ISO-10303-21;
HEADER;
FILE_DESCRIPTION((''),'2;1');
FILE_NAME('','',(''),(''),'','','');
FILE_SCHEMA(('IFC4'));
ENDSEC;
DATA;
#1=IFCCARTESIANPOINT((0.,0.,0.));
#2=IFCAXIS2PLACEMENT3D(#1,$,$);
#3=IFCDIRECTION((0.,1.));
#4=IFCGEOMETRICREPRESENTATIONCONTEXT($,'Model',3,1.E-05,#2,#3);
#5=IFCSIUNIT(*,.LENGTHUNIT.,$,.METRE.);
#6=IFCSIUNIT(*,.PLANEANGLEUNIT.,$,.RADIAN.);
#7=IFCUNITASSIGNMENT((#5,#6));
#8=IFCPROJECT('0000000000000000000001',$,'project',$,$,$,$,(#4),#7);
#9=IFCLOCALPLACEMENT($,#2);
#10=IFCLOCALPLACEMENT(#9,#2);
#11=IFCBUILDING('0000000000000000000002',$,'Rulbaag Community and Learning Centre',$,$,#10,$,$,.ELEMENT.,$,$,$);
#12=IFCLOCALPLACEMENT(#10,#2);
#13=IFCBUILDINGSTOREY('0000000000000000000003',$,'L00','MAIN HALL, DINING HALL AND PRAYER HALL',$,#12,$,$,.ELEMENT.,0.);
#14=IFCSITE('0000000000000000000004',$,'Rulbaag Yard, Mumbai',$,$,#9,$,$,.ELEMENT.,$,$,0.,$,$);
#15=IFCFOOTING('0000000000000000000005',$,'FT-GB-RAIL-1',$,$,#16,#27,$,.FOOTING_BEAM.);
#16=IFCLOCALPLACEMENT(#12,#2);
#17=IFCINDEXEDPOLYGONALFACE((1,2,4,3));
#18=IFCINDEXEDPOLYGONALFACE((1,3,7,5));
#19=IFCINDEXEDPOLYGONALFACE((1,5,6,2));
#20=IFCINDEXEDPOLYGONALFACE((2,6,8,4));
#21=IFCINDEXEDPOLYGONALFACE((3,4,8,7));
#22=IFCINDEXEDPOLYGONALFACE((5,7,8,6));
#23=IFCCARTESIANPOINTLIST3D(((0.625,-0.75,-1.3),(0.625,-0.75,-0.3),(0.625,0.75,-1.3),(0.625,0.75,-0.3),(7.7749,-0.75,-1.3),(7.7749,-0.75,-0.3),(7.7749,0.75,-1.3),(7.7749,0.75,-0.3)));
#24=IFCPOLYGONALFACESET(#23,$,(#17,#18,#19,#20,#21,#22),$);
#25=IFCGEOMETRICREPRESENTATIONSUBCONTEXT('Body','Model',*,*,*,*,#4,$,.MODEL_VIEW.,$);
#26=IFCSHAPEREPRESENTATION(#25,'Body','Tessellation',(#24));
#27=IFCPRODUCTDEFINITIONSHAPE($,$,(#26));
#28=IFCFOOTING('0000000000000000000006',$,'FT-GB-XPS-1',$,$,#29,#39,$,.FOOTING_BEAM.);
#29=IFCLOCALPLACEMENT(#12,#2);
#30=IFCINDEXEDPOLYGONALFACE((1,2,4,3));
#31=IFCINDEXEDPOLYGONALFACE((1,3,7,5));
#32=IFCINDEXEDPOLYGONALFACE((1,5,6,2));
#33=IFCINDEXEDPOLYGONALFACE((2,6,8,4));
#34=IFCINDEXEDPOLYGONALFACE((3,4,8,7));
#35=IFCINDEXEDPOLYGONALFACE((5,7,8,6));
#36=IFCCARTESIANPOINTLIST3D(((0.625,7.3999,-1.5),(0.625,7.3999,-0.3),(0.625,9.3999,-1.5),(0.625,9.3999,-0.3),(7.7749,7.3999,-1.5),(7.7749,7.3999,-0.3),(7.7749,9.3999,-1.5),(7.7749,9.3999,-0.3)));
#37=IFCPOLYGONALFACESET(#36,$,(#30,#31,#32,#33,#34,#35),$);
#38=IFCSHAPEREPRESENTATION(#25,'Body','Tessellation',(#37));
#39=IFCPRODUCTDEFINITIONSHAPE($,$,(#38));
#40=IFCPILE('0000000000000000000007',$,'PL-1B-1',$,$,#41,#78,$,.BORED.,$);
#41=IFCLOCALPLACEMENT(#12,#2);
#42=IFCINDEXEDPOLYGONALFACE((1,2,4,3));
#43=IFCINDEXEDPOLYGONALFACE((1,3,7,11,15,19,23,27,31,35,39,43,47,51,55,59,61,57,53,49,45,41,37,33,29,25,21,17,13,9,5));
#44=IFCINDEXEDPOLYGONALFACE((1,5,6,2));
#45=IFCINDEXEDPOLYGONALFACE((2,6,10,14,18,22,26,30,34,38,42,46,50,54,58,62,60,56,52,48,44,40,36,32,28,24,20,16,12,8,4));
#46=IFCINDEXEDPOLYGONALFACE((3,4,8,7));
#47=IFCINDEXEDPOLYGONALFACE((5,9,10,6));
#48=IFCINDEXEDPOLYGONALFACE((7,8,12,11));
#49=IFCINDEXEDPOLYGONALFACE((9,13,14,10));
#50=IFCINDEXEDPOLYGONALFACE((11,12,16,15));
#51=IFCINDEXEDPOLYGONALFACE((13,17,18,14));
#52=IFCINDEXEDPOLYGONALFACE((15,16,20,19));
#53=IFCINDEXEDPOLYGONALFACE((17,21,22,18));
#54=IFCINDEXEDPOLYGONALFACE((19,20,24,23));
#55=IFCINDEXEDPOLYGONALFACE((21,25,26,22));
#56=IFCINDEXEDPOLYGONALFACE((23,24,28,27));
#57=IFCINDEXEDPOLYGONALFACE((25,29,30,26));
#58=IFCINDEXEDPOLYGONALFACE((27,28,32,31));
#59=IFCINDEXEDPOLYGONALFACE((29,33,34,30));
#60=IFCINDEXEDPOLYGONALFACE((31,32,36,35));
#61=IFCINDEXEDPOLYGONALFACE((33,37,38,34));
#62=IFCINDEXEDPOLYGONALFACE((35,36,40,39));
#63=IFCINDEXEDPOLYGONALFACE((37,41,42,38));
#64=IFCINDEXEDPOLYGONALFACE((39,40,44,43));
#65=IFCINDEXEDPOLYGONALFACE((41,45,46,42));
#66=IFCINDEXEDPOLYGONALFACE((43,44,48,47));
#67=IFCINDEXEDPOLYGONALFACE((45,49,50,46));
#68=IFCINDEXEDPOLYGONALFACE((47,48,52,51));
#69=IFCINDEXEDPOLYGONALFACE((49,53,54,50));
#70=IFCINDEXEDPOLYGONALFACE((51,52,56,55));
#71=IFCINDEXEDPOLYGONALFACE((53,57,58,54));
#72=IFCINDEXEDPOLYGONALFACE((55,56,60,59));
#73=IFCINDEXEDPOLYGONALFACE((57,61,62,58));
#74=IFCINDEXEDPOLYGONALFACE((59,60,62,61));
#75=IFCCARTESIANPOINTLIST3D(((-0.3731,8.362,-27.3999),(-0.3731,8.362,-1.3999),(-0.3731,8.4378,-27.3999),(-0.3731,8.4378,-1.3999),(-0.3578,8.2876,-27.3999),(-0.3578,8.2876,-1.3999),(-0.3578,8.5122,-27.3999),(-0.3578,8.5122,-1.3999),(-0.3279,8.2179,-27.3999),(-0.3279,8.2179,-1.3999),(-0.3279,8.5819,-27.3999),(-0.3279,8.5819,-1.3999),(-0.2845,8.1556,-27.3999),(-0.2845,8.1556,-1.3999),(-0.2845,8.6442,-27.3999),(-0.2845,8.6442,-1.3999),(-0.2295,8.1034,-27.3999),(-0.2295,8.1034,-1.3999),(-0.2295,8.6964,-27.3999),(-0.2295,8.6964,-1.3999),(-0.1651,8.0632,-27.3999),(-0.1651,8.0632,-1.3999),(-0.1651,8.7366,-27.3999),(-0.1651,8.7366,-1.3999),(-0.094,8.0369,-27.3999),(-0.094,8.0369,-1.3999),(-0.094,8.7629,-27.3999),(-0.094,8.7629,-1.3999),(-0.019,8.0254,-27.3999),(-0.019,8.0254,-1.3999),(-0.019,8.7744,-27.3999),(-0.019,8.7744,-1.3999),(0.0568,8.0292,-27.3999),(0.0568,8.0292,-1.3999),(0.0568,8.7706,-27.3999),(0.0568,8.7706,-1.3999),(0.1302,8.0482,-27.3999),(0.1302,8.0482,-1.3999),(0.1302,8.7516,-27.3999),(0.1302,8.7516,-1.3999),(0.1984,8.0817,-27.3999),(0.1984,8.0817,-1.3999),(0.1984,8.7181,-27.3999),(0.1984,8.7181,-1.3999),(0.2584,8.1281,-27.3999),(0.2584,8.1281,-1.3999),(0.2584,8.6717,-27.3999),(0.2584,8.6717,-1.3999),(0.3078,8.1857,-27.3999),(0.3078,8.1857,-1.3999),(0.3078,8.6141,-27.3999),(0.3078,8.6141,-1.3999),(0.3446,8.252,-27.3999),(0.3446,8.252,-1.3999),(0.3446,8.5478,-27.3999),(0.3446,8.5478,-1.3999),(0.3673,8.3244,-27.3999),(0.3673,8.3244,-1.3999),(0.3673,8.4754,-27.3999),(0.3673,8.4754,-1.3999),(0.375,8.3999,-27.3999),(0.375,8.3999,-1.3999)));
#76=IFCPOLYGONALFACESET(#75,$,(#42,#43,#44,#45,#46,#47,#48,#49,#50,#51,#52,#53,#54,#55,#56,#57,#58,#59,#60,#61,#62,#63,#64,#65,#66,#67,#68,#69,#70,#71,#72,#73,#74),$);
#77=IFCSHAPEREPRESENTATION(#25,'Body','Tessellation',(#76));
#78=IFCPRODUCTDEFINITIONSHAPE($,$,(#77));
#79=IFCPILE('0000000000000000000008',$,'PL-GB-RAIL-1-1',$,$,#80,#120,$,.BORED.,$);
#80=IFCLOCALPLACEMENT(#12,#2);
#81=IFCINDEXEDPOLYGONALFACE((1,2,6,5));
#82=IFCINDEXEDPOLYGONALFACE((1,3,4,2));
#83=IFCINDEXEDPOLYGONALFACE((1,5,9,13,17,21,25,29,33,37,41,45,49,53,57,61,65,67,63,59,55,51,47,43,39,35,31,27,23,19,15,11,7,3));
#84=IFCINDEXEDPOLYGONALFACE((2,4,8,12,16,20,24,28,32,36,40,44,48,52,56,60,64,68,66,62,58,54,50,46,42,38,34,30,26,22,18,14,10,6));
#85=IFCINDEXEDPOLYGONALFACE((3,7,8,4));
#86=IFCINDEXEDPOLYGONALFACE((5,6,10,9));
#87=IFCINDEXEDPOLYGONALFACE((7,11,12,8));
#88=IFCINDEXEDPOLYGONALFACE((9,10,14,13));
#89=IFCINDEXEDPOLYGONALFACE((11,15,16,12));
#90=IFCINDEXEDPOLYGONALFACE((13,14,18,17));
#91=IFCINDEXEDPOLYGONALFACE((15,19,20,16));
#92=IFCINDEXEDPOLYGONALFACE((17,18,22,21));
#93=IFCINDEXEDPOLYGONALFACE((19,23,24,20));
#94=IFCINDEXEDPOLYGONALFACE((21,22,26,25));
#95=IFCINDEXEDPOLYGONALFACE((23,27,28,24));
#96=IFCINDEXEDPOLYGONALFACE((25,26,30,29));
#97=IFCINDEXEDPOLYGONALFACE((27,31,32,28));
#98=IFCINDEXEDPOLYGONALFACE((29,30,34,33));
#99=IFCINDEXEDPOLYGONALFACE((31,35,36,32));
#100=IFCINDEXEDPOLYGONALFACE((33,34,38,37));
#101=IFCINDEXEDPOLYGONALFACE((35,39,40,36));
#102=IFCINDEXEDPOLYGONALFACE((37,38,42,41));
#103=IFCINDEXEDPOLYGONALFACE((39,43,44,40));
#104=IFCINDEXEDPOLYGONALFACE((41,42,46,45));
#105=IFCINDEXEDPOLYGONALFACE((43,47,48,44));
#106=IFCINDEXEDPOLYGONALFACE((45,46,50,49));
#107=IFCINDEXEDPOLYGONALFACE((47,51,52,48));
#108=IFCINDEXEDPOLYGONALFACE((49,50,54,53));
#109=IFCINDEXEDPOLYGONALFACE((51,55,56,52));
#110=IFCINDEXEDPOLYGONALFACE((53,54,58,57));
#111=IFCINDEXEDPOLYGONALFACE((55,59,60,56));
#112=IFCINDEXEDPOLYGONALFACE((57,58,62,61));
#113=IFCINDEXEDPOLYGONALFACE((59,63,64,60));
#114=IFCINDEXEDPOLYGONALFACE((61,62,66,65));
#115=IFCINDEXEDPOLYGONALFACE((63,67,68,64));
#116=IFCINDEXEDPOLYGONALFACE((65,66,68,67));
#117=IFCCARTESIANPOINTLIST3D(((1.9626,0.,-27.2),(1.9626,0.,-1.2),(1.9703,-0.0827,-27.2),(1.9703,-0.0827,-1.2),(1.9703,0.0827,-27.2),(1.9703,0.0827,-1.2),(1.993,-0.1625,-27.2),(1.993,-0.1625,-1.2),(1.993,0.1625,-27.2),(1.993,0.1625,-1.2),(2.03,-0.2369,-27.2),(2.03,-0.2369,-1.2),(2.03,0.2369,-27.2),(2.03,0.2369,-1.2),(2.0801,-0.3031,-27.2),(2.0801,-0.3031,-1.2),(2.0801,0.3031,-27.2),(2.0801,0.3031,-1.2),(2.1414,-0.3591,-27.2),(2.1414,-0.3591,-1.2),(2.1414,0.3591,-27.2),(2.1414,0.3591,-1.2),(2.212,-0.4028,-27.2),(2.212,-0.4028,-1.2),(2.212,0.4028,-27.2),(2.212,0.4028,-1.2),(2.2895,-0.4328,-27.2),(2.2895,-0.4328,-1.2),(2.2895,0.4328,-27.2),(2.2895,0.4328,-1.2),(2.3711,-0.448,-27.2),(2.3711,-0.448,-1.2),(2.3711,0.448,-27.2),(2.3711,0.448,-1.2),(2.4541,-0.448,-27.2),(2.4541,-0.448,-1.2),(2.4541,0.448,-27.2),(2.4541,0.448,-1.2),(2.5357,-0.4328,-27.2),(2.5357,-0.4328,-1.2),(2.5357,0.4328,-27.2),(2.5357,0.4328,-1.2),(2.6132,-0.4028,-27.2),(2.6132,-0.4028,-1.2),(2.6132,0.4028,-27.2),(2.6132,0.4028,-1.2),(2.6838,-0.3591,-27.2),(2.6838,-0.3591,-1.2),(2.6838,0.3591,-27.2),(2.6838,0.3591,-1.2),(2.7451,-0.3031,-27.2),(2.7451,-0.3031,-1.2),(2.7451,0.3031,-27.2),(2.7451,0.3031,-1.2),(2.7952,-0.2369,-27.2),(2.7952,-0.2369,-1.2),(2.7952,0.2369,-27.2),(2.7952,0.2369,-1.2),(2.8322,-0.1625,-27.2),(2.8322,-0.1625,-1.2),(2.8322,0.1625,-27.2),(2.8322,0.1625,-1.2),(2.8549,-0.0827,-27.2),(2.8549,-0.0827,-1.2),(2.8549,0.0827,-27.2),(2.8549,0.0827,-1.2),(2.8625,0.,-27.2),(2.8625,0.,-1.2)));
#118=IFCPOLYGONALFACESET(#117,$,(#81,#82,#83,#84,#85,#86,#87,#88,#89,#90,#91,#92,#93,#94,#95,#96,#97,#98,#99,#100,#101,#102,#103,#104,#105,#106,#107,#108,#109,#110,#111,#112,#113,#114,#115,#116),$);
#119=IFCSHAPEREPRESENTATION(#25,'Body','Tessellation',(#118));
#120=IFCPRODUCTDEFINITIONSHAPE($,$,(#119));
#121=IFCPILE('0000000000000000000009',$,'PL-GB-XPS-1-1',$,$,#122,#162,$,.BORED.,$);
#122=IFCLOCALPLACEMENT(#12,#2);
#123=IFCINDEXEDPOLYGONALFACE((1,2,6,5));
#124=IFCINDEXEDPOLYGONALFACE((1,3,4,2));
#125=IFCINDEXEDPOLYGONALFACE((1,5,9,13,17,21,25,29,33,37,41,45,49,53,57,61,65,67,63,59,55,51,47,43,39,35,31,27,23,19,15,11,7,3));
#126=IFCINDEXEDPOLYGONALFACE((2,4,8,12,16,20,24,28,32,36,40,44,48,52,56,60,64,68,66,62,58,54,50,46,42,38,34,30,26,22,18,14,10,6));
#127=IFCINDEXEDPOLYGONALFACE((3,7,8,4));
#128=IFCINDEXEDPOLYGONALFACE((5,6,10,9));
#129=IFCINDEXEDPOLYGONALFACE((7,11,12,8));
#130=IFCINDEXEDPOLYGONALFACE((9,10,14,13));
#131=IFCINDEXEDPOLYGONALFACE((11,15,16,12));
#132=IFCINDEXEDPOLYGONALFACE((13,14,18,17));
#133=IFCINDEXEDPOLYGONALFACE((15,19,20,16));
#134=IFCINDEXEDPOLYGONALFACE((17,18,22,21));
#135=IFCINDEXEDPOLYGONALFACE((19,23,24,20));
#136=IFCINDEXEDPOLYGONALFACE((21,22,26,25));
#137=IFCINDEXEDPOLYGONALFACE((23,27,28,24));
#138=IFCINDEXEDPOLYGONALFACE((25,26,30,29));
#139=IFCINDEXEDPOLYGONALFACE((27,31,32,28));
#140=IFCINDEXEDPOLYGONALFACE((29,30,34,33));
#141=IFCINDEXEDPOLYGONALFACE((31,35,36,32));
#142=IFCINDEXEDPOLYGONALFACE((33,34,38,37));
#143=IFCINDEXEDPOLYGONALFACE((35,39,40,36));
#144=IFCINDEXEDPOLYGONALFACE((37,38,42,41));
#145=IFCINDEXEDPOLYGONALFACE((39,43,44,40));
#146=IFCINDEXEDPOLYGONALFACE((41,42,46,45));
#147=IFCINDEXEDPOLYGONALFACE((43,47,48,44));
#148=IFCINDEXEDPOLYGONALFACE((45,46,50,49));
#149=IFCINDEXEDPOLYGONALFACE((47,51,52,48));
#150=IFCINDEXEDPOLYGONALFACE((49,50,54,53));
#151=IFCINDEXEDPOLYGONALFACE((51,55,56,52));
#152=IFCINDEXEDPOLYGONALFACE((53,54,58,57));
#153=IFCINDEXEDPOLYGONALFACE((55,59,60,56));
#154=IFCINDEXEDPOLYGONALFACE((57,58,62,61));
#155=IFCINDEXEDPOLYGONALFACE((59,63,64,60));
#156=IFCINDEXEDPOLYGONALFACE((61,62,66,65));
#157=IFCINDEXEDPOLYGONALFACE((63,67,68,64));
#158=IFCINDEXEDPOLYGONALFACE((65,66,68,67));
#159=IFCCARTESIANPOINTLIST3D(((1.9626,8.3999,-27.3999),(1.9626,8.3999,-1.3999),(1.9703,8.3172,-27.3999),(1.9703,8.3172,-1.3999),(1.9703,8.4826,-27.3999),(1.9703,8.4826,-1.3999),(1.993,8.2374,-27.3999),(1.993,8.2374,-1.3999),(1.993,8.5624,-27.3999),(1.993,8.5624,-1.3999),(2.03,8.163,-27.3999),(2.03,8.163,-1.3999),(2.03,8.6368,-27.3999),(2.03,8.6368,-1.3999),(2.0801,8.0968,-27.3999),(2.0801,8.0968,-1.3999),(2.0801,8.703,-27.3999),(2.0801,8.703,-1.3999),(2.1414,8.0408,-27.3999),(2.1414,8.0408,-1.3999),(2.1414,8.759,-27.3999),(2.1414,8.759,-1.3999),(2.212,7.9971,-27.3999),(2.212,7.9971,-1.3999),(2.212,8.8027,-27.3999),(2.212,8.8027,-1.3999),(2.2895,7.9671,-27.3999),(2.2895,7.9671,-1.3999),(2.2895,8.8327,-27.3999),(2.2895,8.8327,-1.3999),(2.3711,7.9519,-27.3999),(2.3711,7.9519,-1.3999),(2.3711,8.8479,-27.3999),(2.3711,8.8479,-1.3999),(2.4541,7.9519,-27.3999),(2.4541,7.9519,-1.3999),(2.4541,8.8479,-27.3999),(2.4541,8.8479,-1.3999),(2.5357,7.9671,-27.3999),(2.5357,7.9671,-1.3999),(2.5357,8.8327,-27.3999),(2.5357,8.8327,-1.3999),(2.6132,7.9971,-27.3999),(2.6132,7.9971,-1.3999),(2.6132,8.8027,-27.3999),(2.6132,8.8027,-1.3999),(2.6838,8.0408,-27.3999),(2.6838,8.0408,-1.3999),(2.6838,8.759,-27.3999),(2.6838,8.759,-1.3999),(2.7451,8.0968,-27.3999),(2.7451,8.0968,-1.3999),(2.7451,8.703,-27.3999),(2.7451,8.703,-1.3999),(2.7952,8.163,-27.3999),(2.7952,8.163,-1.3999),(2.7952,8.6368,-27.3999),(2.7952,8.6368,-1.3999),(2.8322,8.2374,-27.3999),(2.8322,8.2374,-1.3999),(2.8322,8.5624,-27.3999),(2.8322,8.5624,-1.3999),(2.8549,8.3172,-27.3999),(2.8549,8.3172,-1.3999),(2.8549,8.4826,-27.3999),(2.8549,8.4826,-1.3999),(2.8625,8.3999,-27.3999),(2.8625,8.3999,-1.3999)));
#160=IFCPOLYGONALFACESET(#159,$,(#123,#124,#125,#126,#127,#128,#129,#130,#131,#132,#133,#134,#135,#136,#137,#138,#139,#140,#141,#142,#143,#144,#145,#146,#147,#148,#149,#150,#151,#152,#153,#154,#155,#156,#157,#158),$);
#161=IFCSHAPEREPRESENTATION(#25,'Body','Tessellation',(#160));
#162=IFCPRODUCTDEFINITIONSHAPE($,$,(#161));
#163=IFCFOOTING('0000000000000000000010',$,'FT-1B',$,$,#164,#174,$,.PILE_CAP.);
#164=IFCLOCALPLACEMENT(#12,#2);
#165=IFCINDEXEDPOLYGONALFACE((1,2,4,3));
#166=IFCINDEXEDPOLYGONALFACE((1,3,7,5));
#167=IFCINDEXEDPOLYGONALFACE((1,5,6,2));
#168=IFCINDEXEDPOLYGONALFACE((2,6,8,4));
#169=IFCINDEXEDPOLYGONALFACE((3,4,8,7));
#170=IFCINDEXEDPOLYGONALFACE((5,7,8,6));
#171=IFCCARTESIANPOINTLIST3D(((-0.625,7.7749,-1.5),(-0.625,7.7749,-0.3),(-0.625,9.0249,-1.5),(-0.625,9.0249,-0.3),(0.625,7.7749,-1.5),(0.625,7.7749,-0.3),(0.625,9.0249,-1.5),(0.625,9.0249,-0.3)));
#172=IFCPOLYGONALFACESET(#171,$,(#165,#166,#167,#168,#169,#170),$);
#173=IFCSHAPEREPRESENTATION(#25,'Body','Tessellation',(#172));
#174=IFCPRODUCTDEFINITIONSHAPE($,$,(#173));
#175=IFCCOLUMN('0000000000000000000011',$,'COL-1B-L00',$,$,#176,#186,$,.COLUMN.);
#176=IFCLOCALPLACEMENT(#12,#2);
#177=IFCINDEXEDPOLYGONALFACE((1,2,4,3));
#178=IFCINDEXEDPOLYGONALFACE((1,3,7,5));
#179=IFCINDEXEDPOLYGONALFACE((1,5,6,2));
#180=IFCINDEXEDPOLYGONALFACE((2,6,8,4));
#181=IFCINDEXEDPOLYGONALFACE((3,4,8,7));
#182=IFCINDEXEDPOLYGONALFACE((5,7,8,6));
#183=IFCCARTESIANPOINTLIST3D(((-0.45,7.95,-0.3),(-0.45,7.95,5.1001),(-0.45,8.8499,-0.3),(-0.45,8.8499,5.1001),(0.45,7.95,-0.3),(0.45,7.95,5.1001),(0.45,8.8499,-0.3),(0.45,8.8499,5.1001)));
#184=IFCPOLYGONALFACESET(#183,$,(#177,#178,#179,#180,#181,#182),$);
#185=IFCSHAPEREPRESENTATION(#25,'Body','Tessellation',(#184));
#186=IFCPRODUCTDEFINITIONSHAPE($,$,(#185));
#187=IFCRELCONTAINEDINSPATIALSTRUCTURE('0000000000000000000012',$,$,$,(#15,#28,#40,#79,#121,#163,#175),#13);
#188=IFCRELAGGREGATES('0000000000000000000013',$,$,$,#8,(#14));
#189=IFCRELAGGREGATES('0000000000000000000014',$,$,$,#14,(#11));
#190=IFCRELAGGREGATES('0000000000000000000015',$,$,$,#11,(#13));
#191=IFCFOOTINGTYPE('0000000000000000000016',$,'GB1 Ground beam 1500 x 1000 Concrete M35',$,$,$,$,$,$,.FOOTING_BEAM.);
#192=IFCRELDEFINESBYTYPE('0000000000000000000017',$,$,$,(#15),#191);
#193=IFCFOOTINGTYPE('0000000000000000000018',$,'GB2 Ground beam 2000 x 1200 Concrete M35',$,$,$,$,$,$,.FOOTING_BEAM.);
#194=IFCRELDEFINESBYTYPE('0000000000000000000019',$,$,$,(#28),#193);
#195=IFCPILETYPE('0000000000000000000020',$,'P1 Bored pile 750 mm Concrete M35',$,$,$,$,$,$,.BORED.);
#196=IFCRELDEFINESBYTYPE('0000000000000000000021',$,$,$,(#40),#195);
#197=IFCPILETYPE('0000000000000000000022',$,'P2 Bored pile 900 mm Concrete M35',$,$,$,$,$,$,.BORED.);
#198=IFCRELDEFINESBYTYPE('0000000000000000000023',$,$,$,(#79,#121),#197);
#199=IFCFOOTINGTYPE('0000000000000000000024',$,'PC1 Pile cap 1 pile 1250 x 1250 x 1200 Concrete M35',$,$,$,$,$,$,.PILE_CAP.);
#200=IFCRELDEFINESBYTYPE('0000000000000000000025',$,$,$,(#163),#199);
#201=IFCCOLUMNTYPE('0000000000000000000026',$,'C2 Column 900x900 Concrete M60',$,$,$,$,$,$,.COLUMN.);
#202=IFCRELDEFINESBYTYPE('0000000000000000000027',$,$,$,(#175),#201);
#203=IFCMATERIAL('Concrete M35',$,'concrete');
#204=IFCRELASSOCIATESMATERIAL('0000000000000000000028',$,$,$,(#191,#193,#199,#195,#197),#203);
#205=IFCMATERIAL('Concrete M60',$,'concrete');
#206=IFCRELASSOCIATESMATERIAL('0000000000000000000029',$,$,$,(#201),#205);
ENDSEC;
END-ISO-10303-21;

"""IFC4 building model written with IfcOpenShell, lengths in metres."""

from ifc_helpers import new_model, si_unit, direction, frame, origin, origin_2d, place, context, subcontext, project, spatial, rectangle, circle, extrude, material, material_profile, profile_set, type_object, element, save


model = new_model("IFC4")

# Units and contexts
model_context = context("Model", 3, precision=1e-05, world=origin(), true_north=direction((0.0, 1.0)))
body_context = subcontext(model_context, "Body", "Model", "MODEL_VIEW")
ifc_project = project(units=[si_unit("LENGTHUNIT", "METRE"), si_unit("PLANEANGLEUNIT", "RADIAN")], contexts=[model_context])

# Site, building, storey
site_placement = place(None, origin())
site = spatial("IfcSite", under=ifc_project, at=site_placement, Name="Rulbaag Yard, Mumbai", CompositionType="ELEMENT", RefElevation=0.0)
building_placement = place(site_placement, origin())
building = spatial("IfcBuilding", under=site, at=building_placement, Name="Rulbaag Community and Learning Centre", CompositionType="ELEMENT")
storey_placement = place(building_placement, origin())
storey = spatial("IfcBuildingStorey", under=building, at=storey_placement, Name="L00", Description="MAIN HALL, DINING HALL AND PRAYER HALL", CompositionType="ELEMENT", Elevation=0.0)

# Footings
ifc_material_1 = material(Name="Concrete M35", Category="concrete")
footing_type_1 = type_object("IfcFootingType", Name="GB1 Ground beam 1500 x 1000 Concrete M35", PredefinedType="FOOTING_BEAM", material=ifc_material_1)
footing_1_placement = place(storey_placement, frame((4.2, 0.0, -1.3), z_axis=(0.0, 0.0, 1.0), x_axis=(1.0, 0.0, 0.0)))
element("IfcFooting", 1, at=footing_1_placement, inside=storey, type_object=footing_type_1, Name="FT-GB-RAIL-1", PredefinedType="FOOTING_BEAM", context=body_context, shape_type="SweptSolid", body=[
    extrude(rectangle(XDim=7.1499, YDim=1.5, at=origin_2d()), origin(), (0.0, 0.0, 1.0), 1.0),
])
footing_type_2 = type_object("IfcFootingType", Name="GB2 Ground beam 2000 x 1200 Concrete M35", PredefinedType="FOOTING_BEAM", material=ifc_material_1)
footing_2_placement = place(storey_placement, frame((4.2, 8.3999, -1.5), z_axis=(0.0, 0.0, 1.0), x_axis=(1.0, 0.0, 0.0)))
element("IfcFooting", 2, at=footing_2_placement, inside=storey, type_object=footing_type_2, Name="FT-GB-XPS-1", PredefinedType="FOOTING_BEAM", context=body_context, shape_type="SweptSolid", body=[
    extrude(rectangle(XDim=7.1499, YDim=2.0, at=origin_2d()), origin(), (0.0, 0.0, 1.0), 1.2),
])

# Piles
ifc_material_profile_1 = material_profile(ifc_material_1, circle(Radius=0.375, at=origin_2d()), Name="BP750")
ifc_profile_set_1 = profile_set([ifc_material_profile_1], Name="Concrete M35")
pile_type_1 = type_object("IfcPileType", Name="P1 Bored pile 750 mm Concrete M35", PredefinedType="BORED", material=ifc_profile_set_1)
pile_placement = place(storey_placement, frame((0.0, 8.3999, -1.3999), z_axis=(0.0, 0.0, -1.0), x_axis=(1.0, 0.0, 0.0)))
element("IfcPile", 3, at=pile_placement, inside=storey, type_object=pile_type_1, Name="PL-1B-1", PredefinedType="BORED", context=body_context, shape_type="SweptSolid", body=[
    extrude(circle(Radius=0.375, at=origin_2d()), origin(), (0.0, 0.0, 1.0), 26.0),
])
ifc_material_profile_2 = material_profile(ifc_material_1, circle(Radius=0.45, at=origin_2d()), Name="BP900")
ifc_profile_set_2 = profile_set([ifc_material_profile_2], Name="Concrete M35")
pile_type_2 = type_object("IfcPileType", Name="P2 Bored pile 900 mm Concrete M35", PredefinedType="BORED", material=ifc_profile_set_2)
for number, where, z_axis, x_axis, name in (
    (4, (2.4126, 0.0, -1.2), (0.0, 0.0, -1.0), (1.0, 0.0, 0.0), "PL-GB-RAIL-1-1"),
    (5, (2.4126, 8.3999, -1.3999), (0.0, 0.0, -1.0), (1.0, 0.0, 0.0), "PL-GB-XPS-1-1"),
):
    element("IfcPile", number, at=place(storey_placement, frame(where, z_axis=z_axis, x_axis=x_axis)), inside=storey, type_object=pile_type_2, Name=name, PredefinedType="BORED", context=body_context, shape_type="SweptSolid", body=[
        extrude(circle(Radius=0.45, at=origin_2d()), origin(), (0.0, 0.0, 1.0), 26.0),
    ])

# Footing
footing_type_3 = type_object("IfcFootingType", Name="PC1 Pile cap 1 pile 1250 x 1250 x 1200 Concrete M35", PredefinedType="PILE_CAP", material=ifc_material_1)
footing_3_placement = place(storey_placement, frame((0.0, 8.3999, -1.5), z_axis=(0.0, 0.0, 1.0), x_axis=(1.0, 0.0, 0.0)))
element("IfcFooting", 6, at=footing_3_placement, inside=storey, type_object=footing_type_3, Name="FT-1B", PredefinedType="PILE_CAP", context=body_context, shape_type="SweptSolid", body=[
    extrude(rectangle(XDim=1.25, YDim=1.25, at=origin_2d()), origin(), (0.0, 0.0, 1.0), 1.2),
])

# Column
ifc_material_2 = material(Name="Concrete M60", Category="concrete")
ifc_material_profile_3 = material_profile(ifc_material_2, rectangle(XDim=0.8999, YDim=0.8999, at=origin_2d()), Name="RC900x900")
ifc_profile_set_3 = profile_set([ifc_material_profile_3], Name="Concrete M60")
column_type = type_object("IfcColumnType", Name="C2 Column 900x900 Concrete M60", PredefinedType="COLUMN", material=ifc_profile_set_3)
column_placement = place(storey_placement, frame((0.0, 8.3999, -0.3), z_axis=(0.0, 0.0, 1.0), x_axis=(1.0, 0.0, 0.0)))
element("IfcColumn", 7, at=column_placement, inside=storey, type_object=column_type, Name="COL-1B-L00", PredefinedType="COLUMN", context=body_context, shape_type="SweptSolid", body=[
    extrude(rectangle(XDim=0.8999, YDim=0.8999, at=origin_2d()), origin(), (0.0, 0.0, 1.0), 5.4001),
])

save(model, "model.ifc")
